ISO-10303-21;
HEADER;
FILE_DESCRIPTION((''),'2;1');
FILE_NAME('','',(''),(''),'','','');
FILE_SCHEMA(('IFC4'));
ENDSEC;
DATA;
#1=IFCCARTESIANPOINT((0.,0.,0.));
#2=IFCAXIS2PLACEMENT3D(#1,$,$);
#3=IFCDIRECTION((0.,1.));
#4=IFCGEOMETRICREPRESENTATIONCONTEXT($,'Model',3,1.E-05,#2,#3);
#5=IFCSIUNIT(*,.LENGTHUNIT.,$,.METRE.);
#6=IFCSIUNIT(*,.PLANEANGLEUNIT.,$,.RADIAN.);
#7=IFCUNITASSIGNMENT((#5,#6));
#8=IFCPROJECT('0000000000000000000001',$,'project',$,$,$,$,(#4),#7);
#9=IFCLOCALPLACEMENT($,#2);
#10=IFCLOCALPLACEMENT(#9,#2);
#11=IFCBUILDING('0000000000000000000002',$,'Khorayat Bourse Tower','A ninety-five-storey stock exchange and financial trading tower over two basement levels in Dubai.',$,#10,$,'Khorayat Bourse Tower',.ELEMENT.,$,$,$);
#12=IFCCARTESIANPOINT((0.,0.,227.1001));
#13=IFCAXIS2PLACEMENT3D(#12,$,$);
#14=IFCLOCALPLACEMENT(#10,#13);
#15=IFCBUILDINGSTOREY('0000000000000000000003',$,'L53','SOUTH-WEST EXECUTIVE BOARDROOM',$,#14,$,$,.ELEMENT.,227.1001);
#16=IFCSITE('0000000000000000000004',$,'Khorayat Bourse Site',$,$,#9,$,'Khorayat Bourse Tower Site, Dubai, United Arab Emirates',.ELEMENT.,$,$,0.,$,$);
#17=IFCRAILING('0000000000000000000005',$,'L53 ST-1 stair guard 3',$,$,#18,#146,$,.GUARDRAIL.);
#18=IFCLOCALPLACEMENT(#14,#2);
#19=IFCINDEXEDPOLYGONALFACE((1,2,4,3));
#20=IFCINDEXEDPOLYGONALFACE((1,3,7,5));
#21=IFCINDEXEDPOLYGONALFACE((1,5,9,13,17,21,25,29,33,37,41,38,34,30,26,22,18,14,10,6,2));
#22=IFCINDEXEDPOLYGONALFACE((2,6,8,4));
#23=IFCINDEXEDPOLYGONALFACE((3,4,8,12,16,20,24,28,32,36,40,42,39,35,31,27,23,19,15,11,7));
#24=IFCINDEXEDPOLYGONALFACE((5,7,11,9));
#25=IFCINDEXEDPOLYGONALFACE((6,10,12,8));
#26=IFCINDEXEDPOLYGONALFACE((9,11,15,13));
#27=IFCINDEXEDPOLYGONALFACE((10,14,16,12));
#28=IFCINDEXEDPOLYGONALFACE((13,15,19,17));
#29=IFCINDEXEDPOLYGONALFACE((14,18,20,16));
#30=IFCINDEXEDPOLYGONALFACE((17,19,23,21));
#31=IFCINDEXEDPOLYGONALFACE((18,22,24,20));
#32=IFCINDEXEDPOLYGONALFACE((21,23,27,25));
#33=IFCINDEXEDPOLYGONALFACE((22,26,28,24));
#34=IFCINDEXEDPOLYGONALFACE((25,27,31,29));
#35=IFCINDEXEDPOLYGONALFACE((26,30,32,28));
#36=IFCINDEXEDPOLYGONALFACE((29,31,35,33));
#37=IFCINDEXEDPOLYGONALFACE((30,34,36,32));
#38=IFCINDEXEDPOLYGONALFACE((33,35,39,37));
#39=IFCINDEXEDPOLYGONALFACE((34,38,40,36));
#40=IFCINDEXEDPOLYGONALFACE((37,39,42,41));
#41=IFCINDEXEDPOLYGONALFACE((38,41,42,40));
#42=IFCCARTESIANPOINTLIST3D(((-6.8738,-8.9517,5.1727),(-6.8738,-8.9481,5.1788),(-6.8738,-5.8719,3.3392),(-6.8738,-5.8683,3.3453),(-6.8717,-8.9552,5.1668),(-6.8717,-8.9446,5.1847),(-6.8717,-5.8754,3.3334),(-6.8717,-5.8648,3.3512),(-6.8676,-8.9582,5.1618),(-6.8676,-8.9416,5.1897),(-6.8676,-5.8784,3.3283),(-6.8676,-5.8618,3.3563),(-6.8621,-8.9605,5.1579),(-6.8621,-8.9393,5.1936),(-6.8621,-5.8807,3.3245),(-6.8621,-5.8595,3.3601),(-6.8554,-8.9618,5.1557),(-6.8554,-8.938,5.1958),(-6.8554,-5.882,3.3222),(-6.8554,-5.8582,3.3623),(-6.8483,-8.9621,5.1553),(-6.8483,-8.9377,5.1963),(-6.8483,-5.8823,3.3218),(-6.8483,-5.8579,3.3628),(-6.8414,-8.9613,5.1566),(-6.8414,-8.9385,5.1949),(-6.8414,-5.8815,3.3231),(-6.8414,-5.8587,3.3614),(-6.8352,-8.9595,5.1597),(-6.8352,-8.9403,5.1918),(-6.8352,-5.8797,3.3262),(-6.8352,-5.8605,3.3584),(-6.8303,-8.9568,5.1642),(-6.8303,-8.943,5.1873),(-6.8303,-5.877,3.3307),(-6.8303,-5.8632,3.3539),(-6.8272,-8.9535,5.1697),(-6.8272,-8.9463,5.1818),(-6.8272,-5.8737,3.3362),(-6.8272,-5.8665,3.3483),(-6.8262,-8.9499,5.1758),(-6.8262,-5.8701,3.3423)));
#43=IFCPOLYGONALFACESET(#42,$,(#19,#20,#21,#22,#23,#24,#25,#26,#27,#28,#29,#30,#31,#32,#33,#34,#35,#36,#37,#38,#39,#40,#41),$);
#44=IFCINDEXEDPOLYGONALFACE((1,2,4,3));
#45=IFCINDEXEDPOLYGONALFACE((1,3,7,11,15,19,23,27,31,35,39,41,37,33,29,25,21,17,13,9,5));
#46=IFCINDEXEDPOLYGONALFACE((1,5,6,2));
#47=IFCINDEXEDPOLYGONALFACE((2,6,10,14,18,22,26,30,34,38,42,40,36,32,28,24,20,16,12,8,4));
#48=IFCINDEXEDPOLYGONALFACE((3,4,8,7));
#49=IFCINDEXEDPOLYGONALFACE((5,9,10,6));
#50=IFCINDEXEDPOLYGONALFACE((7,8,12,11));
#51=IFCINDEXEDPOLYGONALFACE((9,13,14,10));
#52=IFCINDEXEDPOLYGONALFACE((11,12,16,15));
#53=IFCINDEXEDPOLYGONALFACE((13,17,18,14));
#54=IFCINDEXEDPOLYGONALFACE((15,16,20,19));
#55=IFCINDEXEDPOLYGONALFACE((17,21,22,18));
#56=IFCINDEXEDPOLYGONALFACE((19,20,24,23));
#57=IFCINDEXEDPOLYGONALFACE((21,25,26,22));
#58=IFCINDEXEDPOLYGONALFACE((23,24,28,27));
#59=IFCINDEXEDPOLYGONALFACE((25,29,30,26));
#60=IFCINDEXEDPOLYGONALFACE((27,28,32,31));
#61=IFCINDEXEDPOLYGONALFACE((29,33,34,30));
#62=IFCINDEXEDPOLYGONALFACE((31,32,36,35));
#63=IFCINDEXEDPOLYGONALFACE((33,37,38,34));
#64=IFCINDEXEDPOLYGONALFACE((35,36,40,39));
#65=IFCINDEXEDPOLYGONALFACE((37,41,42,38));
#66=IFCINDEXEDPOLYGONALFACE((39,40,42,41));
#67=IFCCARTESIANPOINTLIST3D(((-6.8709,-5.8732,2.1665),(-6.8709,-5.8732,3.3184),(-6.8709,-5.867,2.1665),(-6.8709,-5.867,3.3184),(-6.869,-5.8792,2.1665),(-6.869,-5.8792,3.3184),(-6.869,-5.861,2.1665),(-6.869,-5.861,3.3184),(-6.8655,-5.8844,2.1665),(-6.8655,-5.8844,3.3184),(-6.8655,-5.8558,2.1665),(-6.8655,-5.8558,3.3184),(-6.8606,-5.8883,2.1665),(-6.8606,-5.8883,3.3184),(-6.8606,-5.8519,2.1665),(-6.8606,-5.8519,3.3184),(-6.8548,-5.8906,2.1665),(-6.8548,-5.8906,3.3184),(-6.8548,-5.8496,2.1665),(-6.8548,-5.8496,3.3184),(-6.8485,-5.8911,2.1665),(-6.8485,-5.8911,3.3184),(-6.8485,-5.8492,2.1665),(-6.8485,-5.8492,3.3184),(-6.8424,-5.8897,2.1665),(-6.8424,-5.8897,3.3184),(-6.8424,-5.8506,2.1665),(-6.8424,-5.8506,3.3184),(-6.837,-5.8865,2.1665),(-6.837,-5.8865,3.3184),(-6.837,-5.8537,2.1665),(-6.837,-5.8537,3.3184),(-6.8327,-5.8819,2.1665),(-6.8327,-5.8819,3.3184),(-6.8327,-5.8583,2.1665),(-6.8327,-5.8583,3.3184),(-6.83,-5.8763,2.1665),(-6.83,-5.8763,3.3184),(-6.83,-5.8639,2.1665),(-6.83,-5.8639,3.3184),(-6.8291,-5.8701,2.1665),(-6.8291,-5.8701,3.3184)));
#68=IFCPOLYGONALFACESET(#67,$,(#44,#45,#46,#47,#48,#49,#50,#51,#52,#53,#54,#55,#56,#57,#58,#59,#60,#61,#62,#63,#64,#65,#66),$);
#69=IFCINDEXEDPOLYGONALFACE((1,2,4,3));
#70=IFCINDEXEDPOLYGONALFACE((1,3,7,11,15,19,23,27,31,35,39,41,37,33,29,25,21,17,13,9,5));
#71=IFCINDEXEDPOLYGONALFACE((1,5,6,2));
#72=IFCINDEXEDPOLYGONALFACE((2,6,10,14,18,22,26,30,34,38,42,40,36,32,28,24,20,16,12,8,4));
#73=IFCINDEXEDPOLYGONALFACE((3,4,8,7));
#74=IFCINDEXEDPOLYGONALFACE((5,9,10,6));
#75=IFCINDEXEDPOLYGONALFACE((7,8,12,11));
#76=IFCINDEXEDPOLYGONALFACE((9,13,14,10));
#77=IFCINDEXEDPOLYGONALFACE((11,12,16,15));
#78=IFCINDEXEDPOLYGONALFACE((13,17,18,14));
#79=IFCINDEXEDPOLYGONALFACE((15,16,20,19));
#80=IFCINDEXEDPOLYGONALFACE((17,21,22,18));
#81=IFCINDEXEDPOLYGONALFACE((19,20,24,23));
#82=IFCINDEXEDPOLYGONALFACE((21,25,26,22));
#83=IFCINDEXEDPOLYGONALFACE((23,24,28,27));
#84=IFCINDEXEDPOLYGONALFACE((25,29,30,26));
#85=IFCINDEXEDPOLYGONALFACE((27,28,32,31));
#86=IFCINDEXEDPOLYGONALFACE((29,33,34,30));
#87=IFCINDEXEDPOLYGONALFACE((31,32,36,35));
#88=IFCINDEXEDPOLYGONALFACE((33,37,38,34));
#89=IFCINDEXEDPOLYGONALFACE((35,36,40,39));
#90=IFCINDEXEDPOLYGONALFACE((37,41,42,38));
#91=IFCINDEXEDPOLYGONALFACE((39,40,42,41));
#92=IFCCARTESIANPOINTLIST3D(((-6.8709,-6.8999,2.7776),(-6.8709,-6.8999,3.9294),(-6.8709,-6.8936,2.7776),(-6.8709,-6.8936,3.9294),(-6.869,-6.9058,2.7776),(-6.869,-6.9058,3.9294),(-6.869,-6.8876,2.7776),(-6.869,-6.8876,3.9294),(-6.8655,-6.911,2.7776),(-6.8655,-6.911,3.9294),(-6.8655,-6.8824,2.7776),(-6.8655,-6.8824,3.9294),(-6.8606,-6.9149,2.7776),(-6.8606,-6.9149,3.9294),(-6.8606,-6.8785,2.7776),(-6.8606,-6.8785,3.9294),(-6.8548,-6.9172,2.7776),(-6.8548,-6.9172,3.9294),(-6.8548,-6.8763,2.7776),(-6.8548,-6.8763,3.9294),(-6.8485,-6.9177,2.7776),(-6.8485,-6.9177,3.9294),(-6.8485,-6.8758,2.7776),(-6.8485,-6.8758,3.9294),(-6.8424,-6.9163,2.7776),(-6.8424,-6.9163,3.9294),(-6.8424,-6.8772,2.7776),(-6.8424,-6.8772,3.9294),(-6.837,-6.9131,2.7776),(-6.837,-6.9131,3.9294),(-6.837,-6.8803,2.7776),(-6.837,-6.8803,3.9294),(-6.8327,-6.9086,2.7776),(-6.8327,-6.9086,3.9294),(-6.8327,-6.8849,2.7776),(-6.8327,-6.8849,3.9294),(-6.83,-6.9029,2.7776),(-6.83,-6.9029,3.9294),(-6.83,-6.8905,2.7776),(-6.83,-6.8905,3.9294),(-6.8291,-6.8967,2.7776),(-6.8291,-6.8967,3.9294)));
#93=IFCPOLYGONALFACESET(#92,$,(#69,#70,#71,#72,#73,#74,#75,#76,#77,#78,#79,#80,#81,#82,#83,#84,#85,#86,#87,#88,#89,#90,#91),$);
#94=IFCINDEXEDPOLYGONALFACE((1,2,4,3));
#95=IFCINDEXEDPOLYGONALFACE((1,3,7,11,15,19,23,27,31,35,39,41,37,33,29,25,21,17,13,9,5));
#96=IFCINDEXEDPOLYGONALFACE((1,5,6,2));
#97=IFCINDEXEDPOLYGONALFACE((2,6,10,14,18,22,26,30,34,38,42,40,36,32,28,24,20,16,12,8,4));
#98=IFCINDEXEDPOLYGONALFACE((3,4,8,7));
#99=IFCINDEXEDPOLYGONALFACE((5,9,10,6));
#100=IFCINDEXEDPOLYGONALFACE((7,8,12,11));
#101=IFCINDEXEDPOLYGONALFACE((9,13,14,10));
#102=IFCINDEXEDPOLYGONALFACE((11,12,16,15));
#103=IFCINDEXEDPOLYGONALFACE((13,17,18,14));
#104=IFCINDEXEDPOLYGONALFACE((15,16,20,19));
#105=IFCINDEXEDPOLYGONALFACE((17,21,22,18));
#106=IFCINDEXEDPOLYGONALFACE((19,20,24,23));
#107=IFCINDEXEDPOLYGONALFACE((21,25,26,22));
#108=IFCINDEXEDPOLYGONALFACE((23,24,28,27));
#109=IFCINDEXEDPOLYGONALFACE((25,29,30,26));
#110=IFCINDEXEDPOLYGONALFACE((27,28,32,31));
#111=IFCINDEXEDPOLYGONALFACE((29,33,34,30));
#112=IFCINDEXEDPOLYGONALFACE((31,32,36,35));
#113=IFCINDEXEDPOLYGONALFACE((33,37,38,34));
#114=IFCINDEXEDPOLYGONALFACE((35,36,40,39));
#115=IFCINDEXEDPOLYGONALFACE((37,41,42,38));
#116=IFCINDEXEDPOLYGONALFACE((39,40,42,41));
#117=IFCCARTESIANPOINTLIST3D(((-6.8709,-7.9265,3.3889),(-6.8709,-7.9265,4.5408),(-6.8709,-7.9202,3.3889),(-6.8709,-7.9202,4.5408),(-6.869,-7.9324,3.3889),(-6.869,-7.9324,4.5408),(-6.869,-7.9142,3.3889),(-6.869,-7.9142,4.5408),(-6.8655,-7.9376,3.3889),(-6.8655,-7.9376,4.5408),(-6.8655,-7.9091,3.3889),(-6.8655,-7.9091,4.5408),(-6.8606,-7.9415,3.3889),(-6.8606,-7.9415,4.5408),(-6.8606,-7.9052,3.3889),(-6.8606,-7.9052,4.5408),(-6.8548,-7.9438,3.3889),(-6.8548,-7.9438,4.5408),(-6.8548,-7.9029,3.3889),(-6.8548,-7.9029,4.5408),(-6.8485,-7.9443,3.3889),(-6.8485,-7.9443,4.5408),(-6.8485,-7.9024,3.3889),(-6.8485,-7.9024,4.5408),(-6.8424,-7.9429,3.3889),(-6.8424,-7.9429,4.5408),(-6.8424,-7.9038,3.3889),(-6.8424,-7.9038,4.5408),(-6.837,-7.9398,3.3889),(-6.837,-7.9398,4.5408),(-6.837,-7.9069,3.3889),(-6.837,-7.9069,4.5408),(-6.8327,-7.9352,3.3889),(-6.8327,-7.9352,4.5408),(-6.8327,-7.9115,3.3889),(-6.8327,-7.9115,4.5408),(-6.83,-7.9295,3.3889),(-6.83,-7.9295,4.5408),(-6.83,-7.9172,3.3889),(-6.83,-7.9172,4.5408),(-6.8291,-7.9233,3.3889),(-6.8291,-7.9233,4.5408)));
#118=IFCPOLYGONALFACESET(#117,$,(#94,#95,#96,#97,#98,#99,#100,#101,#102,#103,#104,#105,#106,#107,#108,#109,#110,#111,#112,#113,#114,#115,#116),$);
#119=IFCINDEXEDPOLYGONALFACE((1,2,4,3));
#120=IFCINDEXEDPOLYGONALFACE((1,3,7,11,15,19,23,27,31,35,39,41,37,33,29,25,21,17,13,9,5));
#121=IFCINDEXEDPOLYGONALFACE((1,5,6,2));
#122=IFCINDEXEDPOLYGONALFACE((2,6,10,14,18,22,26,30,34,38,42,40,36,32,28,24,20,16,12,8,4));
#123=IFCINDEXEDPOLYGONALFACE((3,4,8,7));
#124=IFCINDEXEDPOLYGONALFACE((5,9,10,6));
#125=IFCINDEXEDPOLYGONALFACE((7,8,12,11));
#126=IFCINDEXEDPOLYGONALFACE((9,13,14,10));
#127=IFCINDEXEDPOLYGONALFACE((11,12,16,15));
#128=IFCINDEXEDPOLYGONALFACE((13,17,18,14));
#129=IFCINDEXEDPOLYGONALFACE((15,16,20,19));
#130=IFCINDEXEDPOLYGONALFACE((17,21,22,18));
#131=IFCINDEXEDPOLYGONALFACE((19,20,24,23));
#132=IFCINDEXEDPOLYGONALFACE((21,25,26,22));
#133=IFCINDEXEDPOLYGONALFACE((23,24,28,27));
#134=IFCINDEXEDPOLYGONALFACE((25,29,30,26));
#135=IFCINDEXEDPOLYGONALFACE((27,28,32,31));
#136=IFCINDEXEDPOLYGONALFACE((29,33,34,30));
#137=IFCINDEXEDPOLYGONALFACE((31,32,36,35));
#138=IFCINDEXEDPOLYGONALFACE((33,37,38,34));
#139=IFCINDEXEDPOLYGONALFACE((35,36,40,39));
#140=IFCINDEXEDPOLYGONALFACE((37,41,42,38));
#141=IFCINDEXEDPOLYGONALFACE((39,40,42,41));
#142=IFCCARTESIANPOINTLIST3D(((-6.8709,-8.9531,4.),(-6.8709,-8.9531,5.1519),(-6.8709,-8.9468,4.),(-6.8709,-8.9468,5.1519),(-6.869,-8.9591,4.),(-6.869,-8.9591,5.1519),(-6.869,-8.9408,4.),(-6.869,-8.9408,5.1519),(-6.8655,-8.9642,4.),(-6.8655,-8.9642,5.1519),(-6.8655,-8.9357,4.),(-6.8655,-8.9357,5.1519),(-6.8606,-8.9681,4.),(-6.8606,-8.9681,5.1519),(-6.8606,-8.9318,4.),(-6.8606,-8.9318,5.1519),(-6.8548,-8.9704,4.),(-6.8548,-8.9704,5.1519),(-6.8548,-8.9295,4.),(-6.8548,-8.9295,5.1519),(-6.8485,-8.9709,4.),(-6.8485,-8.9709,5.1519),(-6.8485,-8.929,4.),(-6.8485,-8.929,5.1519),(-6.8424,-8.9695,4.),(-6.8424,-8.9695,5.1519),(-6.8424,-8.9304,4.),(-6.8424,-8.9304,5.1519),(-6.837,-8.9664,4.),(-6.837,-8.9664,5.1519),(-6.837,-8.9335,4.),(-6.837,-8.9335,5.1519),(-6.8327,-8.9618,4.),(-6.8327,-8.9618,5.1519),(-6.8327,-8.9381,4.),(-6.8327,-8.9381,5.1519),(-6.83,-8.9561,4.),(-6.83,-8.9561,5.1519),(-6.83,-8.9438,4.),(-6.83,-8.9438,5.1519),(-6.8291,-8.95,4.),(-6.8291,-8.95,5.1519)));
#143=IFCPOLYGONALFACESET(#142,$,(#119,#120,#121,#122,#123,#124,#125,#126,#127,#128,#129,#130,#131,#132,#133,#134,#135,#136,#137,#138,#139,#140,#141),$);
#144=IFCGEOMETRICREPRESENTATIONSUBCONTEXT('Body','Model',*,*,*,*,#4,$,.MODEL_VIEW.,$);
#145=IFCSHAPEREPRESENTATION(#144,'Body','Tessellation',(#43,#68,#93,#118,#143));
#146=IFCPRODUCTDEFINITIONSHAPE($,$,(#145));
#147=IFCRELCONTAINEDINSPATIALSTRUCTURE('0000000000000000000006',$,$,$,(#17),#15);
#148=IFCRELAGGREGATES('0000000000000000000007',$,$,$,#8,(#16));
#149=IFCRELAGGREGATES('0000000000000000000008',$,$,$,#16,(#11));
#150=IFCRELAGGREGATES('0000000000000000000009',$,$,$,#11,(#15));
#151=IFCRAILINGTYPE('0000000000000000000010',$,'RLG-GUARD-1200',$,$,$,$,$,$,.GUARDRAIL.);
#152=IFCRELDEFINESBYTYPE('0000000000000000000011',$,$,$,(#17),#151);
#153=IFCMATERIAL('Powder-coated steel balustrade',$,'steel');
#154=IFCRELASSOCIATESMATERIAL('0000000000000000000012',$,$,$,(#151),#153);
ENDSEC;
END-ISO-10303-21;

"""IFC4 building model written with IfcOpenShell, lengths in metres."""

from ifc_helpers import new_model, si_unit, direction, frame, origin, origin_2d, place, context, subcontext, project, spatial, circle, extrude, source, transform, mapped, material, type_object, element, save


model = new_model("IFC4")

# Units and contexts
model_context = context("Model", 3, precision=1e-05, world=origin(), true_north=direction((0.0, 1.0)))
body_context = subcontext(model_context, "Body", "Model", "MODEL_VIEW")
ifc_project = project(units=[si_unit("LENGTHUNIT", "METRE"), si_unit("PLANEANGLEUNIT", "RADIAN")], contexts=[model_context])

# Site, building, storey
site_placement = place(None, origin())
site = spatial("IfcSite", under=ifc_project, at=site_placement, Name="Khorayat Bourse Site", LongName="Khorayat Bourse Tower Site, Dubai, United Arab Emirates", CompositionType="ELEMENT", RefElevation=0.0)
building_placement = place(site_placement, origin())
building = spatial("IfcBuilding", under=site, at=building_placement, Name="Khorayat Bourse Tower", Description="A ninety-five-storey stock exchange and financial trading tower over two basement levels in Dubai.", LongName="Khorayat Bourse Tower", CompositionType="ELEMENT")
storey_placement = place(building_placement, frame((0.0, 0.0, 227.1001)))
storey = spatial("IfcBuildingStorey", under=building, at=storey_placement, Name="L53", Description="SOUTH-WEST EXECUTIVE BOARDROOM", CompositionType="ELEMENT", Elevation=227.1001)

# Railing
ifc_material_1 = material(Name="Powder-coated steel balustrade", Category="steel")
railing_type_1 = type_object("IfcRailingType", Name="RLG-GUARD-1200", PredefinedType="GUARDRAIL", material=ifc_material_1)
shared_shape_1 = source(origin(), body_context, "Body", "SweptSolid", [
    extrude(circle(Radius=0.0239, at=origin_2d()), frame((0.0, 0.0, 1.1758), z_axis=(0.0, -0.859261, 0.511538), x_axis=(1.0, 0.0, 0.0)), (0.0, 0.0, 1.0), 3.5842),
    extrude(circle(Radius=0.021, at=origin_2d()), origin(), (0.0, 0.0, 1.0), 1.1519),
    extrude(circle(Radius=0.021, at=origin_2d()), frame((0.0, -1.0266, 0.6111)), (0.0, 0.0, 1.0), 1.1519),
    extrude(circle(Radius=0.021, at=origin_2d()), frame((0.0, -2.0532, 1.2224)), (0.0, 0.0, 1.0), 1.1519),
    extrude(circle(Radius=0.021, at=origin_2d()), frame((0.0, -3.0798, 1.8335)), (0.0, 0.0, 1.0), 1.1519),
])
railing_1_placement = place(storey_placement, frame((-6.8501, -5.8701, 2.1665)))
element("IfcRailing", 1, at=railing_1_placement, inside=storey, type_object=railing_type_1, Name="L53 ST-1 stair guard 3", PredefinedType="GUARDRAIL", context=body_context, shape_type="MappedRepresentation", body=[
    mapped(shared_shape_1, transform((0.0, 0.0, 0.0), scale=1.0)),
])

save(model, "model.ifc")
